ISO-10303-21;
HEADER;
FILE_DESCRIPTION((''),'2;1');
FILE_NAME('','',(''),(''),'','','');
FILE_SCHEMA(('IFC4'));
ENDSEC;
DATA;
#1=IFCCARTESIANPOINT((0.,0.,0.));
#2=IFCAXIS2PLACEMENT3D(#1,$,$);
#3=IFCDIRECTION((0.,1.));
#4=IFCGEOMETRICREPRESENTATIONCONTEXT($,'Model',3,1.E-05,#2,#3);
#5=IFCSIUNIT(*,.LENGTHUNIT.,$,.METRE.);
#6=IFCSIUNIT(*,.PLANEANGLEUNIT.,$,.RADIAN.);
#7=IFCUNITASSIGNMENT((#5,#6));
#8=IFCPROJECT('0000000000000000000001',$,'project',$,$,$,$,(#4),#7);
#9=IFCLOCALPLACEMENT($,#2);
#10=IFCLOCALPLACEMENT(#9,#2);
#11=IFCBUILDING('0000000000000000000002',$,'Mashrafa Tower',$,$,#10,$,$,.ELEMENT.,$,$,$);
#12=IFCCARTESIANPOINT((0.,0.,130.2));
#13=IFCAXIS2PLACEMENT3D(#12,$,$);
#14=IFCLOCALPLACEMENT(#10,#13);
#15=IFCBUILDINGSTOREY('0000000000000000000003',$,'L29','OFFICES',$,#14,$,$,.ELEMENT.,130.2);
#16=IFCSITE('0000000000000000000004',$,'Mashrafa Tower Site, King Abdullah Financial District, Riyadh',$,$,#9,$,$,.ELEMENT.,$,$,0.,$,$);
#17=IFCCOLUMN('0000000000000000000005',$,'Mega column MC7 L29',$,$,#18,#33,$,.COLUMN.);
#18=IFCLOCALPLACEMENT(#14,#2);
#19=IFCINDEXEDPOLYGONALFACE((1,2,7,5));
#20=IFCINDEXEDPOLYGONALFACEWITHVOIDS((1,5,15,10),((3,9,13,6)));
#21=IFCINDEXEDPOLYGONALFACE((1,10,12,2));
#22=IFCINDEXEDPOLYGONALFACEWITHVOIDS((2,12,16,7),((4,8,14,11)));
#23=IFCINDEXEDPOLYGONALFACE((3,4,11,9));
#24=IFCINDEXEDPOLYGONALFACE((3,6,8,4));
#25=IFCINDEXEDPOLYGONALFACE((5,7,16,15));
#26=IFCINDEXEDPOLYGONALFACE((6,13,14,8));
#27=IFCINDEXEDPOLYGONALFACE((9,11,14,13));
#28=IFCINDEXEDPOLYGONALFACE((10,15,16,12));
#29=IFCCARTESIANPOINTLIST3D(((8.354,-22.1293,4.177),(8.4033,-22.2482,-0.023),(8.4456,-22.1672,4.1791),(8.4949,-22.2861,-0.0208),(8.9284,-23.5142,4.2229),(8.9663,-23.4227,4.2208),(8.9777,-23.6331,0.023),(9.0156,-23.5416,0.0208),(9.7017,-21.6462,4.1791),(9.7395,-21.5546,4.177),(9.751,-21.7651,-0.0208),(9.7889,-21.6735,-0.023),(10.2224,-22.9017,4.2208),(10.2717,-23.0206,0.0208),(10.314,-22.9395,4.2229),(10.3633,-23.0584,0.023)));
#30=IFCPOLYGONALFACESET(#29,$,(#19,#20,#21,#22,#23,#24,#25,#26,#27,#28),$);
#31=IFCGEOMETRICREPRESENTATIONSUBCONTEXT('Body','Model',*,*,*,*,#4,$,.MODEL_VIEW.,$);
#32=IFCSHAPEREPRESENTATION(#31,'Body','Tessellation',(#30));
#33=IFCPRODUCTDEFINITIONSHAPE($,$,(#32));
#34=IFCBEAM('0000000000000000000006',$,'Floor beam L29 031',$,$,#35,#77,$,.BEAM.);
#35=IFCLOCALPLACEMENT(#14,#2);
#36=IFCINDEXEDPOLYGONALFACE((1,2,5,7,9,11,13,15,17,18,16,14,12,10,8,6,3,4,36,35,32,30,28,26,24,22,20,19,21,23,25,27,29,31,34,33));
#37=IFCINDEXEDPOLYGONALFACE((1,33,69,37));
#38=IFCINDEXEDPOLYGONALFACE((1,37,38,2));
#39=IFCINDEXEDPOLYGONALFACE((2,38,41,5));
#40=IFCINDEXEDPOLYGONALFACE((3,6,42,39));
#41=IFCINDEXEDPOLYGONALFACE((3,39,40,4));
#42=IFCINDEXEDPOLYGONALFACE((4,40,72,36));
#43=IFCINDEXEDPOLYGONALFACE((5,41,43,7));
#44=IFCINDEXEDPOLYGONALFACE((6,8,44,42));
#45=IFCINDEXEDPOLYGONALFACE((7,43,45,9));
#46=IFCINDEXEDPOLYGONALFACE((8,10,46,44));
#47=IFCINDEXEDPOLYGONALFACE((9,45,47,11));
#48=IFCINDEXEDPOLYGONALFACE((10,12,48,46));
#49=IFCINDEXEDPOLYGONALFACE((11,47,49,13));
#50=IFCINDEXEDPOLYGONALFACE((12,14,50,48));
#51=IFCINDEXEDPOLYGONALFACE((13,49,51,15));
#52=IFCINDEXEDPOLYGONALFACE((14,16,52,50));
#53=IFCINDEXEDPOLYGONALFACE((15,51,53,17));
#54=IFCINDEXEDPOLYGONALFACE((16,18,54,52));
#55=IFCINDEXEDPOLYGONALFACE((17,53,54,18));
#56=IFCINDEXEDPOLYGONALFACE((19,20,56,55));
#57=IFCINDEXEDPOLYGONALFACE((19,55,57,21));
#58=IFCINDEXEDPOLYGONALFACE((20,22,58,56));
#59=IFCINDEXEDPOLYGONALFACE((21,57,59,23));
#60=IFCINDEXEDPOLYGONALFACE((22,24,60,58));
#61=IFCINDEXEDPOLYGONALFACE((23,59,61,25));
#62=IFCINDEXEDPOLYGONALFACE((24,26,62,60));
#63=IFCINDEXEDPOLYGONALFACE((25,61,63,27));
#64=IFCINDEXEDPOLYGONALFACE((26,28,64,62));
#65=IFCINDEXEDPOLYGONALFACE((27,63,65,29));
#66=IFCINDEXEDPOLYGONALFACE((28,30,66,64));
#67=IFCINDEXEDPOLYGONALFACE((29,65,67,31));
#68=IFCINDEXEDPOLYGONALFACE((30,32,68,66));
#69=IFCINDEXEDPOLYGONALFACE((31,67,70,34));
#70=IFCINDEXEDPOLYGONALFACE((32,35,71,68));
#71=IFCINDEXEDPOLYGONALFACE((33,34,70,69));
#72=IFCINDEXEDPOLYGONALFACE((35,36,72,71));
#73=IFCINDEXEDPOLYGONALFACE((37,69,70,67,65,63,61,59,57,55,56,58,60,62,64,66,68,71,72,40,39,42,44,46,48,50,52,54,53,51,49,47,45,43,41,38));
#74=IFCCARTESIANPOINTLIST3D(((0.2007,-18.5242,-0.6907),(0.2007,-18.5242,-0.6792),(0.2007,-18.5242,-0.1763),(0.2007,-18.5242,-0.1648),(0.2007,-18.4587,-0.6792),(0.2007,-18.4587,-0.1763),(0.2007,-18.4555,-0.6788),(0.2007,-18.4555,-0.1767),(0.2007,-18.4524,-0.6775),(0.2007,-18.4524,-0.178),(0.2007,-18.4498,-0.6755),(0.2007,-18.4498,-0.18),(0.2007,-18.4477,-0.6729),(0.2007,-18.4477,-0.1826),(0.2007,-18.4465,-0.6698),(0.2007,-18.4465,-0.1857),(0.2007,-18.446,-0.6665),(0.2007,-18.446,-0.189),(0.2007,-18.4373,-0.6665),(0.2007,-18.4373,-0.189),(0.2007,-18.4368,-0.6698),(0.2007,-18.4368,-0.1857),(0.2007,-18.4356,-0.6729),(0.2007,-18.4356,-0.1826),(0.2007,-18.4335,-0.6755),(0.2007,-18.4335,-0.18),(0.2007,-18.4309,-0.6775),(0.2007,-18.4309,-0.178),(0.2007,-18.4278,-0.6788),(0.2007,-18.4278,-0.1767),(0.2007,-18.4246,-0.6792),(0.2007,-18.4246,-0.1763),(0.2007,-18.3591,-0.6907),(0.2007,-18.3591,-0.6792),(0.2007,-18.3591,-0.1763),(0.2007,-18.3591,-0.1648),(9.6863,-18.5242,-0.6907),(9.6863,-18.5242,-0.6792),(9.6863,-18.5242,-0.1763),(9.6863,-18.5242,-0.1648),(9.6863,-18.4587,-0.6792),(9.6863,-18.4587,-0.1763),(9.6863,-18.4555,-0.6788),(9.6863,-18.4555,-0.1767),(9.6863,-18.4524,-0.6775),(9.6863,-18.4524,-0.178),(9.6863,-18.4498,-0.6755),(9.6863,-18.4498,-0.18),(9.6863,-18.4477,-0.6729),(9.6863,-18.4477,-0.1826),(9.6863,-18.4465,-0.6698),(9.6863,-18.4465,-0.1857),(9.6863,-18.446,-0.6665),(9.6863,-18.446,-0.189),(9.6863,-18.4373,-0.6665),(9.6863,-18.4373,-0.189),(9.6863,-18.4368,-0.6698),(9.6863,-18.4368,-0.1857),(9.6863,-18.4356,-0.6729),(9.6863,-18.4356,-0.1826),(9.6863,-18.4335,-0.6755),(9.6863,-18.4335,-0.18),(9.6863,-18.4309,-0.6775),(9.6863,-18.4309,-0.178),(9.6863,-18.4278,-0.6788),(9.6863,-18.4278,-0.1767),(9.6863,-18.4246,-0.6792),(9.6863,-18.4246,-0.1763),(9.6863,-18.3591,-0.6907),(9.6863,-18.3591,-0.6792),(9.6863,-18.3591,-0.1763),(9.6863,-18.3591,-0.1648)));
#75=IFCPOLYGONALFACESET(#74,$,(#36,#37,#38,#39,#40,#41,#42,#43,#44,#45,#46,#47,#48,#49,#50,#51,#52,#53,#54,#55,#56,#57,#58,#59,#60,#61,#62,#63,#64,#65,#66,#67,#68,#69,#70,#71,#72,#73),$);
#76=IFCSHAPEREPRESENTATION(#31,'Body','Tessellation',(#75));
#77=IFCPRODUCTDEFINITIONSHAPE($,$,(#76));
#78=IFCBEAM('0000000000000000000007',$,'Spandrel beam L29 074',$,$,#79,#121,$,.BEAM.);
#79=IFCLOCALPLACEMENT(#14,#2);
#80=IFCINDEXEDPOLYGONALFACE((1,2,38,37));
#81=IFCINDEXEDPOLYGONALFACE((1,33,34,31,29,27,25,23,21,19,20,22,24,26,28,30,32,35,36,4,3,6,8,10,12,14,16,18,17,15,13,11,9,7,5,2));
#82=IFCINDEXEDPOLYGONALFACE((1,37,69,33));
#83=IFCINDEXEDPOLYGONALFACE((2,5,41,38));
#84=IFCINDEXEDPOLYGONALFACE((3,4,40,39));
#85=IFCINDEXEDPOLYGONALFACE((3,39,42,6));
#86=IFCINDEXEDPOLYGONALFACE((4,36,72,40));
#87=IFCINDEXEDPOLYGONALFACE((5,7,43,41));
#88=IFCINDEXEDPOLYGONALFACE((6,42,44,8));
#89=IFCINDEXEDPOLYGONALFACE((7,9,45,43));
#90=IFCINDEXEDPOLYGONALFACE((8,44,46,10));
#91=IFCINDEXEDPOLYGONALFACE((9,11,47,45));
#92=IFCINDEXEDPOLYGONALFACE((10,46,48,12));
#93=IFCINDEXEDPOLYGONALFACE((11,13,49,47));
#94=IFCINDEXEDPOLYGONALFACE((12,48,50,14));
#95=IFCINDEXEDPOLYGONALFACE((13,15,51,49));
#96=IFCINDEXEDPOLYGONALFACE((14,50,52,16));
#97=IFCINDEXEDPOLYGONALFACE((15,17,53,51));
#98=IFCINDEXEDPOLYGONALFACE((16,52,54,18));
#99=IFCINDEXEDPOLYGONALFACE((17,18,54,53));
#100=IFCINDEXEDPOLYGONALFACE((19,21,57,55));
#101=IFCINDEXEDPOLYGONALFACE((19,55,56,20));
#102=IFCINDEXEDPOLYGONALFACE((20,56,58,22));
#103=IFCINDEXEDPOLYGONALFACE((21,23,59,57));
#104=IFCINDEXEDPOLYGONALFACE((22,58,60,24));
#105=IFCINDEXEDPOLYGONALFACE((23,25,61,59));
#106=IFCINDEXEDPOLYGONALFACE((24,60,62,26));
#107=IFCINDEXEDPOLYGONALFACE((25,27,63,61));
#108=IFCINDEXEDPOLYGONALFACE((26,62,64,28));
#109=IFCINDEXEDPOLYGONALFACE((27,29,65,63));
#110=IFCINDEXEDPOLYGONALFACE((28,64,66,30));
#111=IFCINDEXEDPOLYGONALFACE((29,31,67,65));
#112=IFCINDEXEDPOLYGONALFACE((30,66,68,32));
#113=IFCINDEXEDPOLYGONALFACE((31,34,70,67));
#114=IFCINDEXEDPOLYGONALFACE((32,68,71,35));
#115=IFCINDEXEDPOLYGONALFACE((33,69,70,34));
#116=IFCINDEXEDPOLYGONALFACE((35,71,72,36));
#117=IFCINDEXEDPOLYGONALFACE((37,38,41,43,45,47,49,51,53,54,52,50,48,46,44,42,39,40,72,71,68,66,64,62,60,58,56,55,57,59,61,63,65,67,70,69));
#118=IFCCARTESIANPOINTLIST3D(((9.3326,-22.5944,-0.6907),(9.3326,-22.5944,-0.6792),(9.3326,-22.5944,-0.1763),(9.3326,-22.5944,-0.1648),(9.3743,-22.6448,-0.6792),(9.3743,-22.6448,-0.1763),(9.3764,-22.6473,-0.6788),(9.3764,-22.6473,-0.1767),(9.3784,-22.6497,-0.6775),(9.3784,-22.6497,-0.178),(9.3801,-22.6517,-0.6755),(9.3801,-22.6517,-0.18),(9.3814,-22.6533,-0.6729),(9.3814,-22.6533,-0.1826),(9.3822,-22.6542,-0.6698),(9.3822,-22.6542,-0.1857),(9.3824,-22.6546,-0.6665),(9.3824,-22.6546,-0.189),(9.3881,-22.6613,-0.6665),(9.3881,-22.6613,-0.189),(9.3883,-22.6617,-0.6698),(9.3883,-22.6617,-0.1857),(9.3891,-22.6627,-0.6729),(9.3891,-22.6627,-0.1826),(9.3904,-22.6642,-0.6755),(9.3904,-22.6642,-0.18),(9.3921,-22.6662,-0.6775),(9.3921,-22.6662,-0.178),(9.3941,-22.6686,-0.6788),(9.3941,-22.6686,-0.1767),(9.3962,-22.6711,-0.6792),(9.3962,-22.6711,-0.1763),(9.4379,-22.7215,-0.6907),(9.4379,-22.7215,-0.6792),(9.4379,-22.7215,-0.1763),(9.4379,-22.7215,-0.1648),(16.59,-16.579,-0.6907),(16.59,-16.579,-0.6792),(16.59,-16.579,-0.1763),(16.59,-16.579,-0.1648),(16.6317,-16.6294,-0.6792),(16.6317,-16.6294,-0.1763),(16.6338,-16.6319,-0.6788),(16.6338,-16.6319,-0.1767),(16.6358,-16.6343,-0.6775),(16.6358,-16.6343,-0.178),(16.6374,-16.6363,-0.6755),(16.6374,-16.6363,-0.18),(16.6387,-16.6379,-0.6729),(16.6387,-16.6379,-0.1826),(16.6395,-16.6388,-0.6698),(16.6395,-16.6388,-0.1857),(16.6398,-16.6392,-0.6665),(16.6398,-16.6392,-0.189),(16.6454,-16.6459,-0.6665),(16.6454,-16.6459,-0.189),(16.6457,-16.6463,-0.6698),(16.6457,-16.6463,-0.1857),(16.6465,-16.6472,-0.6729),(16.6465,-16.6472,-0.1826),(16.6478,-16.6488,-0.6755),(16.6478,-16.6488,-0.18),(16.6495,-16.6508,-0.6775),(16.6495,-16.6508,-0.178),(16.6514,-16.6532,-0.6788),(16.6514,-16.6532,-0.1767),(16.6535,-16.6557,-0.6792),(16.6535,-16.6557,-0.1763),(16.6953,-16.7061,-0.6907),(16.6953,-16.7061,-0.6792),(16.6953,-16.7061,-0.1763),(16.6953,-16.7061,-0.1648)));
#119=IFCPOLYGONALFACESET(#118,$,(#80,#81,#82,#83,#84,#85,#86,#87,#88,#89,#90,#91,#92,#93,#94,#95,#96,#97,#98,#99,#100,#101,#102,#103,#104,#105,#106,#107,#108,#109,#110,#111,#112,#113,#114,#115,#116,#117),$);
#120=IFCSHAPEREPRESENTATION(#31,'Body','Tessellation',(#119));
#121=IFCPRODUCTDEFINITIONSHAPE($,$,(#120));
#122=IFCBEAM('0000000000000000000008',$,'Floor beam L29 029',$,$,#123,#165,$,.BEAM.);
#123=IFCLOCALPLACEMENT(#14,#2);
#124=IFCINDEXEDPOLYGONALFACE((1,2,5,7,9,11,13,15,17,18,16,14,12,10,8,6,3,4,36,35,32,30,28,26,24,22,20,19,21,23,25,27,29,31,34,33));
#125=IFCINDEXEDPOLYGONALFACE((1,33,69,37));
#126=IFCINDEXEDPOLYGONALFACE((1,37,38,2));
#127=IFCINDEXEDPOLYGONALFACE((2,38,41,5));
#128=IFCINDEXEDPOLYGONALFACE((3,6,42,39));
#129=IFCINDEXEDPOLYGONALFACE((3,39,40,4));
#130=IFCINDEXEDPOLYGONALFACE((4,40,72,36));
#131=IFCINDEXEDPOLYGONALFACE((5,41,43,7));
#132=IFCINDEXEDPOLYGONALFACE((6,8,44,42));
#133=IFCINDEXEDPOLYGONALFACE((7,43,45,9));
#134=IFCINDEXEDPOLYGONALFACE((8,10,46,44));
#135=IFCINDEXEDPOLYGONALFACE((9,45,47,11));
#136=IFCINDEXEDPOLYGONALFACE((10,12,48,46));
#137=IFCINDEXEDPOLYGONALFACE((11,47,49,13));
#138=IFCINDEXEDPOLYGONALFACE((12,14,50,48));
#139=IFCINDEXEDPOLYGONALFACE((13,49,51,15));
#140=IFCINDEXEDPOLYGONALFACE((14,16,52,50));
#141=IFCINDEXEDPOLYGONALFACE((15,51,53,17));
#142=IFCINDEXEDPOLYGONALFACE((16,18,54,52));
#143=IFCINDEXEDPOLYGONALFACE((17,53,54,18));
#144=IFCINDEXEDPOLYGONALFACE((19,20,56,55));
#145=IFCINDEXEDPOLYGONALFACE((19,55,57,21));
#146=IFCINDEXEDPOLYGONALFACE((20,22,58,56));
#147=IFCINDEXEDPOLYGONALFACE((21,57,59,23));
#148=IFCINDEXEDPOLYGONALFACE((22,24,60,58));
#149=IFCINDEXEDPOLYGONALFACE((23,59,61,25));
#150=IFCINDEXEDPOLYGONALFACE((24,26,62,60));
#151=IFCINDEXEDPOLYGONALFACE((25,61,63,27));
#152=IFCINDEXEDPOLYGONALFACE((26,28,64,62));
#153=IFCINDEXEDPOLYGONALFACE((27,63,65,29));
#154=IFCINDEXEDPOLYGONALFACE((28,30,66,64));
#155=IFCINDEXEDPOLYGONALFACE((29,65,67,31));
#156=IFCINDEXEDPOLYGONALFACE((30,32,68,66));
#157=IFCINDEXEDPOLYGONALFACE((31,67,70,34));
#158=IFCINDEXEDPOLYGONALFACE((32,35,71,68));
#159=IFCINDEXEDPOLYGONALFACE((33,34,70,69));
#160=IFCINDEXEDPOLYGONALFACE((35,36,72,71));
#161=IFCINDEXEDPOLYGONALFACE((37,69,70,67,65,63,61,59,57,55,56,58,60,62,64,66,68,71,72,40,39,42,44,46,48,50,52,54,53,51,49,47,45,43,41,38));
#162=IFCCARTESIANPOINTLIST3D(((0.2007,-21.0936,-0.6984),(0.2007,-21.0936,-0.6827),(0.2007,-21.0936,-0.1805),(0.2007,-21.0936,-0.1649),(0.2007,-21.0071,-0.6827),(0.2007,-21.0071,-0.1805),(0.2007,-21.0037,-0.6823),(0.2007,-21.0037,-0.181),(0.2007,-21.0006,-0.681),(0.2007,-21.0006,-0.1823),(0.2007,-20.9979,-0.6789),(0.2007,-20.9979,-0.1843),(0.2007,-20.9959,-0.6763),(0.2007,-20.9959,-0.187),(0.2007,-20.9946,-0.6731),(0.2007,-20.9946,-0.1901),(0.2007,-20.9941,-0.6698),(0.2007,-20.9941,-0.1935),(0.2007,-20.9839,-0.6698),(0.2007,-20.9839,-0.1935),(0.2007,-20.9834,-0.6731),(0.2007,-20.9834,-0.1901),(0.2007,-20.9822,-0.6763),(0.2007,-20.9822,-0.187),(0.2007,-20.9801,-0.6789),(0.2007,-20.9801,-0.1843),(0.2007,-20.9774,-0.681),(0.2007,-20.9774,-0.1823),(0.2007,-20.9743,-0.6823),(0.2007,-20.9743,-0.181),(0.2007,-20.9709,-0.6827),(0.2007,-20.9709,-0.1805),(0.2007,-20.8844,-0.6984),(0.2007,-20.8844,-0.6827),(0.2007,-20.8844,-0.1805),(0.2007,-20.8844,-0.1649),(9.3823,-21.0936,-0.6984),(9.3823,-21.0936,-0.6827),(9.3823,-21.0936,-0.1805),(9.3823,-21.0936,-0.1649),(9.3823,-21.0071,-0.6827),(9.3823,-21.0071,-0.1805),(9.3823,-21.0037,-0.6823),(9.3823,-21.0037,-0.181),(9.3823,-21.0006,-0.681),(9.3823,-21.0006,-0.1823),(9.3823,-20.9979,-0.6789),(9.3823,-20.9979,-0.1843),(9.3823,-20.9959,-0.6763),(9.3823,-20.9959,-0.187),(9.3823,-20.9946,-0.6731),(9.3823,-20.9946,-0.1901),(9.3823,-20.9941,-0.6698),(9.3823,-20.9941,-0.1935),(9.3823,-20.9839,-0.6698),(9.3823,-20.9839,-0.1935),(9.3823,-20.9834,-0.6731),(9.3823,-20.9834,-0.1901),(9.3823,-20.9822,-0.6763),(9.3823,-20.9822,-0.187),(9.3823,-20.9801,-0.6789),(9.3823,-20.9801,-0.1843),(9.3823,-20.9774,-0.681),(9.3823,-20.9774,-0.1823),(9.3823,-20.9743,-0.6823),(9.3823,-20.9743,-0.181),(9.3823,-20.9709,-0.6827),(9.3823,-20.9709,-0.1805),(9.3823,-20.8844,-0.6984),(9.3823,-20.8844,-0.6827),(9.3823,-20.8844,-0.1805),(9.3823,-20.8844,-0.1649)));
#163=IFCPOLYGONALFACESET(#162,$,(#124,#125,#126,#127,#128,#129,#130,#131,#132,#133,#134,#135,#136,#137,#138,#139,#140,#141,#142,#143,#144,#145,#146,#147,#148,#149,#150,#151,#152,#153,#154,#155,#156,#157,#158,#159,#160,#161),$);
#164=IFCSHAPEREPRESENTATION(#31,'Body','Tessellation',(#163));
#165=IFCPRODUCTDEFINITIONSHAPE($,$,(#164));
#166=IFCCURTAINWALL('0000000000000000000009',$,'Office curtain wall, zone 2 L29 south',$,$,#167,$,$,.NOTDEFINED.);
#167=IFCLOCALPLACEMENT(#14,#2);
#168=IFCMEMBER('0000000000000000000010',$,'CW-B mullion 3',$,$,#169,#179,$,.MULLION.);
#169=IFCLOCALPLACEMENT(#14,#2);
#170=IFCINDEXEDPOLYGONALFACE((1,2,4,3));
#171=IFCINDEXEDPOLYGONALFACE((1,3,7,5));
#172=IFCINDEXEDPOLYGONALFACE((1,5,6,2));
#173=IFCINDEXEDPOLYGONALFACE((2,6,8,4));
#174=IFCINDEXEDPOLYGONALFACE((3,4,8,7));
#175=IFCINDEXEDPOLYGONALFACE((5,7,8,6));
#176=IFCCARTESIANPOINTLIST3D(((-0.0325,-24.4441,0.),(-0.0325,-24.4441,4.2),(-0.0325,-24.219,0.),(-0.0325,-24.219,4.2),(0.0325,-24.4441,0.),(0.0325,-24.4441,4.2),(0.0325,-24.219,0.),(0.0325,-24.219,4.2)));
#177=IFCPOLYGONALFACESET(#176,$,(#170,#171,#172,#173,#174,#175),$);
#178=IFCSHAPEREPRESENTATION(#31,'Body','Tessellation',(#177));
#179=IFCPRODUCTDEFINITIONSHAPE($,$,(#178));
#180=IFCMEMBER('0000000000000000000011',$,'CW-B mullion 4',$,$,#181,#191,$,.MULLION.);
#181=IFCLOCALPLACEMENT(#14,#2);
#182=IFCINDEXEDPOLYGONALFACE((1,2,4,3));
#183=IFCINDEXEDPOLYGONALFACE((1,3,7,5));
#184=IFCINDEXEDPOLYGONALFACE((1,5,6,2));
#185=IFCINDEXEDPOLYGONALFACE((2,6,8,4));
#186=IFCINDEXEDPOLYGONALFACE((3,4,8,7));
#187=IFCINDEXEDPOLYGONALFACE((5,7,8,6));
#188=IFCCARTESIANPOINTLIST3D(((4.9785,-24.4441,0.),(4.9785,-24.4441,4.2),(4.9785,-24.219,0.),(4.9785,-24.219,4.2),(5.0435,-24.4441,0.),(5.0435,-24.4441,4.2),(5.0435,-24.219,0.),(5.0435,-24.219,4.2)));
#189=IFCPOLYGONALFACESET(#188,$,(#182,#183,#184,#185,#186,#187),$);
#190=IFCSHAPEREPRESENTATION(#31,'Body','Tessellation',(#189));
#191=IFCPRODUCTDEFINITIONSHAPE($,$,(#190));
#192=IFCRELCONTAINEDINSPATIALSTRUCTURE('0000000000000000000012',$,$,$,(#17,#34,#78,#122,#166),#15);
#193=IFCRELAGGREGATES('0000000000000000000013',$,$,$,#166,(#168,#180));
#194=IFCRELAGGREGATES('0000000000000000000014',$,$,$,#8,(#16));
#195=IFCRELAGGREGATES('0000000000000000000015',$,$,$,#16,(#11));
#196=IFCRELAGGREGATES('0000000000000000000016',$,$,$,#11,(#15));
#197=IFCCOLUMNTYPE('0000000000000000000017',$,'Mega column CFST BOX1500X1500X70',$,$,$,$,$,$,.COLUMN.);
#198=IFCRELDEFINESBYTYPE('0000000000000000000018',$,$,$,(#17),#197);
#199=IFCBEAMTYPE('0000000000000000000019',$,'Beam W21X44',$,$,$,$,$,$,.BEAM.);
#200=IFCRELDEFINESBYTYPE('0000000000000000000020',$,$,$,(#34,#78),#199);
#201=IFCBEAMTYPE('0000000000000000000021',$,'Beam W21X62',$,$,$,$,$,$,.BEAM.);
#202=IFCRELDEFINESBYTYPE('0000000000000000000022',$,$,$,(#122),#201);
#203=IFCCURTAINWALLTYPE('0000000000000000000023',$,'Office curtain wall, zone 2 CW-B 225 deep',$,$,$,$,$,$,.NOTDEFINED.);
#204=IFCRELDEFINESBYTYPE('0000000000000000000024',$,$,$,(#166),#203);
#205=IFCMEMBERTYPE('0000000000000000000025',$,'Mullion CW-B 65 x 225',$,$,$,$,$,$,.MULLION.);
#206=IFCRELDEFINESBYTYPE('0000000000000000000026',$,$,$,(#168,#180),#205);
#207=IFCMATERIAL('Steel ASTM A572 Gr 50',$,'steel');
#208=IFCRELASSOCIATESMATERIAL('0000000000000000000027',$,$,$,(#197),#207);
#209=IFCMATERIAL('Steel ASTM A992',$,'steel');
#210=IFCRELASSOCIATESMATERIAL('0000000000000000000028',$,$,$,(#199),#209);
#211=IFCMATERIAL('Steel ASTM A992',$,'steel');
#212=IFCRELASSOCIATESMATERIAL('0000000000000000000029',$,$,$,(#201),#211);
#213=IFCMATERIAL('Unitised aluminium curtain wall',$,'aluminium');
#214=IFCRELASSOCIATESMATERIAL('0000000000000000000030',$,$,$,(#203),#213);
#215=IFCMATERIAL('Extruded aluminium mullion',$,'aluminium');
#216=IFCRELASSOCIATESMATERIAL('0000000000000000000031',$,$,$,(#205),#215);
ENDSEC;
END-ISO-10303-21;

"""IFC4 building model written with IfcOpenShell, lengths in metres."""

from ifc_helpers import new_model, si_unit, direction, frame, origin, origin_2d, place, context, subcontext, project, spatial, rectangle, hollow_rectangle, i_section, extrude, source, transform, mapped, material, material_profile, profile_set, type_object, type_shapes, element, aggregate, save


model = new_model("IFC4")

# Units and contexts
model_context = context("Model", 3, precision=1e-05, world=origin(), true_north=direction((0.0, 1.0)))
body_context = subcontext(model_context, "Body", "Model", "MODEL_VIEW")
ifc_project = project(units=[si_unit("LENGTHUNIT", "METRE"), si_unit("PLANEANGLEUNIT", "RADIAN")], contexts=[model_context])

# Site, building, storey
site_placement = place(None, origin())
site = spatial("IfcSite", under=ifc_project, at=site_placement, Name="Mashrafa Tower Site, King Abdullah Financial District, Riyadh", CompositionType="ELEMENT", RefElevation=0.0)
building_placement = place(site_placement, origin())
building = spatial("IfcBuilding", under=site, at=building_placement, Name="Mashrafa Tower", CompositionType="ELEMENT")
storey_placement = place(building_placement, frame((0.0, 0.0, 130.2)))
storey = spatial("IfcBuildingStorey", under=building, at=storey_placement, Name="L29", Description="OFFICES", CompositionType="ELEMENT", Elevation=130.2)

# Column
ifc_material_1 = material(Name="Steel ASTM A572 Gr 50", Category="steel")
ifc_material_profile_1 = material_profile(ifc_material_1, hollow_rectangle(XDim=1.5, YDim=1.5, WallThickness=0.0701, at=origin_2d()), Name="BOX1500X1500X70")
ifc_profile_set_1 = profile_set([ifc_material_profile_1], Name="Steel ASTM A572 Gr 50")
column_type = type_object("IfcColumnType", Name="Mega column CFST BOX1500X1500X70", PredefinedType="COLUMN", material=ifc_profile_set_1)
column_placement = place(storey_placement, frame((9.3833, -22.6533, 0.0), z_axis=(-0.011737, 0.028296, 0.999531), x_axis=(-0.923693, -0.383133, 0.0)))
element("IfcColumn", 1, at=column_placement, inside=storey, type_object=column_type, Name="Mega column MC7 L29", PredefinedType="COLUMN", context=body_context, shape_type="SweptSolid", body=[
    extrude(hollow_rectangle(XDim=1.5, YDim=1.5, WallThickness=0.0701, at=origin_2d()), origin(), (0.0, 0.0, 1.0), 4.2019),
])

# Beams
ifc_material_2 = material(Name="Steel ASTM A992", Category="steel")
ifc_material_profile_2 = material_profile(ifc_material_2, i_section(OverallWidth=0.165, OverallDepth=0.5259, WebThickness=0.0088, FlangeThickness=0.0115, FilletRadius=0.0127, at=origin_2d()), Name="W21X44")
ifc_profile_set_2 = profile_set([ifc_material_profile_2], Name="Steel ASTM A992")
beam_type_1 = type_object("IfcBeamType", Name="Beam W21X44", PredefinedType="BEAM", material=ifc_profile_set_2)
beam_1_placement = place(storey_placement, frame((9.6863, -18.4417, -0.4277), z_axis=(-1.0, 0.0, 0.0), x_axis=(0.0, -1.0, 0.0)))
element("IfcBeam", 2, at=beam_1_placement, inside=storey, type_object=beam_type_1, Name="Floor beam L29 031", PredefinedType="BEAM", context=body_context, shape_type="SweptSolid", body=[
    extrude(i_section(OverallWidth=0.165, OverallDepth=0.5259, WebThickness=0.0088, FlangeThickness=0.0115, FilletRadius=0.0127, at=origin_2d()), origin(), (0.0, 0.0, 1.0), 9.4856),
])
beam_2_placement = place(storey_placement, frame((9.3853, -22.658, -0.4277), z_axis=(0.769908, 0.638154, 0.0), x_axis=(-0.638154, 0.769908, 0.0)))
element("IfcBeam", 3, at=beam_2_placement, inside=storey, type_object=beam_type_1, Name="Spandrel beam L29 074", PredefinedType="BEAM", context=body_context, shape_type="SweptSolid", body=[
    extrude(i_section(OverallWidth=0.165, OverallDepth=0.5259, WebThickness=0.0088, FlangeThickness=0.0115, FilletRadius=0.0127, at=origin_2d()), origin(), (0.0, 0.0, 1.0), 9.4263),
])
ifc_material_3 = material(Name="Steel ASTM A992", Category="steel")
ifc_material_profile_3 = material_profile(ifc_material_3, i_section(OverallWidth=0.2092, OverallDepth=0.5334, WebThickness=0.0103, FlangeThickness=0.0156, FilletRadius=0.0129, at=origin_2d()), Name="W21X62")
ifc_profile_set_3 = profile_set([ifc_material_profile_3], Name="Steel ASTM A992")
beam_type_2 = type_object("IfcBeamType", Name="Beam W21X62", PredefinedType="BEAM", material=ifc_profile_set_3)
beam_3_placement = place(storey_placement, frame((9.3823, -20.989, -0.4316), z_axis=(-1.0, 0.0, 0.0), x_axis=(0.0, -1.0, 0.0)))
element("IfcBeam", 4, at=beam_3_placement, inside=storey, type_object=beam_type_2, Name="Floor beam L29 029", PredefinedType="BEAM", context=body_context, shape_type="SweptSolid", body=[
    extrude(i_section(OverallWidth=0.2092, OverallDepth=0.5334, WebThickness=0.0103, FlangeThickness=0.0156, FilletRadius=0.0129, at=origin_2d()), origin(), (0.0, 0.0, 1.0), 9.1816),
])

# Curtain wall, members
ifc_material_4 = material(Name="Unitised aluminium curtain wall", Category="aluminium")
curtain_wall_type = type_object("IfcCurtainWallType", Name="Office curtain wall, zone 2 CW-B 225 deep", PredefinedType="NOTDEFINED", material=ifc_material_4)
curtain_wall_1_placement = place(storey_placement, origin())
curtain_wall_1 = element("IfcCurtainWall", 5, at=curtain_wall_1_placement, inside=storey, type_object=curtain_wall_type, Name="Office curtain wall, zone 2 L29 south", PredefinedType="NOTDEFINED")
ifc_material_5 = material(Name="Extruded aluminium mullion", Category="aluminium")
ifc_material_profile_4 = material_profile(ifc_material_5, rectangle(XDim=0.2251, YDim=0.0649, at=origin_2d()), Name="Mullion 65x225")
ifc_profile_set_4 = profile_set([ifc_material_profile_4], Name="Extruded aluminium mullion")
member_type_1 = type_object("IfcMemberType", Name="Mullion CW-B 65 x 225", PredefinedType="MULLION", material=ifc_profile_set_4)
shared_shape_1 = source(origin(), body_context, "Body", "SweptSolid", [
    extrude(rectangle(XDim=0.2251, YDim=0.0649, at=origin_2d()), origin(), (0.0, 0.0, 1.0), 4.2),
])
type_shapes(member_type_1, [shared_shape_1])
member_1_placement = place(storey_placement, frame((0.0, -24.3315, 0.0), z_axis=(0.0, 0.0, 1.0), x_axis=(0.0, 1.0, 0.0)))
member_1 = element("IfcMember", 6, at=member_1_placement, type_object=member_type_1, Name="CW-B mullion 3", PredefinedType="MULLION", context=body_context, shape_type="MappedRepresentation", body=[
    mapped(shared_shape_1, transform((0.0, 0.0, 0.0))),
])
member_2_placement = place(storey_placement, frame((5.011, -24.3315, 0.0), z_axis=(0.0, 0.0, 1.0), x_axis=(0.0, 1.0, 0.0)))
member_2 = element("IfcMember", 7, at=member_2_placement, type_object=member_type_1, Name="CW-B mullion 4", PredefinedType="MULLION", context=body_context, shape_type="MappedRepresentation", body=[
    mapped(shared_shape_1, transform((0.0, 0.0, 0.0))),
])

aggregate(curtain_wall_1, [member_1, member_2])

save(model, "model.ifc")
